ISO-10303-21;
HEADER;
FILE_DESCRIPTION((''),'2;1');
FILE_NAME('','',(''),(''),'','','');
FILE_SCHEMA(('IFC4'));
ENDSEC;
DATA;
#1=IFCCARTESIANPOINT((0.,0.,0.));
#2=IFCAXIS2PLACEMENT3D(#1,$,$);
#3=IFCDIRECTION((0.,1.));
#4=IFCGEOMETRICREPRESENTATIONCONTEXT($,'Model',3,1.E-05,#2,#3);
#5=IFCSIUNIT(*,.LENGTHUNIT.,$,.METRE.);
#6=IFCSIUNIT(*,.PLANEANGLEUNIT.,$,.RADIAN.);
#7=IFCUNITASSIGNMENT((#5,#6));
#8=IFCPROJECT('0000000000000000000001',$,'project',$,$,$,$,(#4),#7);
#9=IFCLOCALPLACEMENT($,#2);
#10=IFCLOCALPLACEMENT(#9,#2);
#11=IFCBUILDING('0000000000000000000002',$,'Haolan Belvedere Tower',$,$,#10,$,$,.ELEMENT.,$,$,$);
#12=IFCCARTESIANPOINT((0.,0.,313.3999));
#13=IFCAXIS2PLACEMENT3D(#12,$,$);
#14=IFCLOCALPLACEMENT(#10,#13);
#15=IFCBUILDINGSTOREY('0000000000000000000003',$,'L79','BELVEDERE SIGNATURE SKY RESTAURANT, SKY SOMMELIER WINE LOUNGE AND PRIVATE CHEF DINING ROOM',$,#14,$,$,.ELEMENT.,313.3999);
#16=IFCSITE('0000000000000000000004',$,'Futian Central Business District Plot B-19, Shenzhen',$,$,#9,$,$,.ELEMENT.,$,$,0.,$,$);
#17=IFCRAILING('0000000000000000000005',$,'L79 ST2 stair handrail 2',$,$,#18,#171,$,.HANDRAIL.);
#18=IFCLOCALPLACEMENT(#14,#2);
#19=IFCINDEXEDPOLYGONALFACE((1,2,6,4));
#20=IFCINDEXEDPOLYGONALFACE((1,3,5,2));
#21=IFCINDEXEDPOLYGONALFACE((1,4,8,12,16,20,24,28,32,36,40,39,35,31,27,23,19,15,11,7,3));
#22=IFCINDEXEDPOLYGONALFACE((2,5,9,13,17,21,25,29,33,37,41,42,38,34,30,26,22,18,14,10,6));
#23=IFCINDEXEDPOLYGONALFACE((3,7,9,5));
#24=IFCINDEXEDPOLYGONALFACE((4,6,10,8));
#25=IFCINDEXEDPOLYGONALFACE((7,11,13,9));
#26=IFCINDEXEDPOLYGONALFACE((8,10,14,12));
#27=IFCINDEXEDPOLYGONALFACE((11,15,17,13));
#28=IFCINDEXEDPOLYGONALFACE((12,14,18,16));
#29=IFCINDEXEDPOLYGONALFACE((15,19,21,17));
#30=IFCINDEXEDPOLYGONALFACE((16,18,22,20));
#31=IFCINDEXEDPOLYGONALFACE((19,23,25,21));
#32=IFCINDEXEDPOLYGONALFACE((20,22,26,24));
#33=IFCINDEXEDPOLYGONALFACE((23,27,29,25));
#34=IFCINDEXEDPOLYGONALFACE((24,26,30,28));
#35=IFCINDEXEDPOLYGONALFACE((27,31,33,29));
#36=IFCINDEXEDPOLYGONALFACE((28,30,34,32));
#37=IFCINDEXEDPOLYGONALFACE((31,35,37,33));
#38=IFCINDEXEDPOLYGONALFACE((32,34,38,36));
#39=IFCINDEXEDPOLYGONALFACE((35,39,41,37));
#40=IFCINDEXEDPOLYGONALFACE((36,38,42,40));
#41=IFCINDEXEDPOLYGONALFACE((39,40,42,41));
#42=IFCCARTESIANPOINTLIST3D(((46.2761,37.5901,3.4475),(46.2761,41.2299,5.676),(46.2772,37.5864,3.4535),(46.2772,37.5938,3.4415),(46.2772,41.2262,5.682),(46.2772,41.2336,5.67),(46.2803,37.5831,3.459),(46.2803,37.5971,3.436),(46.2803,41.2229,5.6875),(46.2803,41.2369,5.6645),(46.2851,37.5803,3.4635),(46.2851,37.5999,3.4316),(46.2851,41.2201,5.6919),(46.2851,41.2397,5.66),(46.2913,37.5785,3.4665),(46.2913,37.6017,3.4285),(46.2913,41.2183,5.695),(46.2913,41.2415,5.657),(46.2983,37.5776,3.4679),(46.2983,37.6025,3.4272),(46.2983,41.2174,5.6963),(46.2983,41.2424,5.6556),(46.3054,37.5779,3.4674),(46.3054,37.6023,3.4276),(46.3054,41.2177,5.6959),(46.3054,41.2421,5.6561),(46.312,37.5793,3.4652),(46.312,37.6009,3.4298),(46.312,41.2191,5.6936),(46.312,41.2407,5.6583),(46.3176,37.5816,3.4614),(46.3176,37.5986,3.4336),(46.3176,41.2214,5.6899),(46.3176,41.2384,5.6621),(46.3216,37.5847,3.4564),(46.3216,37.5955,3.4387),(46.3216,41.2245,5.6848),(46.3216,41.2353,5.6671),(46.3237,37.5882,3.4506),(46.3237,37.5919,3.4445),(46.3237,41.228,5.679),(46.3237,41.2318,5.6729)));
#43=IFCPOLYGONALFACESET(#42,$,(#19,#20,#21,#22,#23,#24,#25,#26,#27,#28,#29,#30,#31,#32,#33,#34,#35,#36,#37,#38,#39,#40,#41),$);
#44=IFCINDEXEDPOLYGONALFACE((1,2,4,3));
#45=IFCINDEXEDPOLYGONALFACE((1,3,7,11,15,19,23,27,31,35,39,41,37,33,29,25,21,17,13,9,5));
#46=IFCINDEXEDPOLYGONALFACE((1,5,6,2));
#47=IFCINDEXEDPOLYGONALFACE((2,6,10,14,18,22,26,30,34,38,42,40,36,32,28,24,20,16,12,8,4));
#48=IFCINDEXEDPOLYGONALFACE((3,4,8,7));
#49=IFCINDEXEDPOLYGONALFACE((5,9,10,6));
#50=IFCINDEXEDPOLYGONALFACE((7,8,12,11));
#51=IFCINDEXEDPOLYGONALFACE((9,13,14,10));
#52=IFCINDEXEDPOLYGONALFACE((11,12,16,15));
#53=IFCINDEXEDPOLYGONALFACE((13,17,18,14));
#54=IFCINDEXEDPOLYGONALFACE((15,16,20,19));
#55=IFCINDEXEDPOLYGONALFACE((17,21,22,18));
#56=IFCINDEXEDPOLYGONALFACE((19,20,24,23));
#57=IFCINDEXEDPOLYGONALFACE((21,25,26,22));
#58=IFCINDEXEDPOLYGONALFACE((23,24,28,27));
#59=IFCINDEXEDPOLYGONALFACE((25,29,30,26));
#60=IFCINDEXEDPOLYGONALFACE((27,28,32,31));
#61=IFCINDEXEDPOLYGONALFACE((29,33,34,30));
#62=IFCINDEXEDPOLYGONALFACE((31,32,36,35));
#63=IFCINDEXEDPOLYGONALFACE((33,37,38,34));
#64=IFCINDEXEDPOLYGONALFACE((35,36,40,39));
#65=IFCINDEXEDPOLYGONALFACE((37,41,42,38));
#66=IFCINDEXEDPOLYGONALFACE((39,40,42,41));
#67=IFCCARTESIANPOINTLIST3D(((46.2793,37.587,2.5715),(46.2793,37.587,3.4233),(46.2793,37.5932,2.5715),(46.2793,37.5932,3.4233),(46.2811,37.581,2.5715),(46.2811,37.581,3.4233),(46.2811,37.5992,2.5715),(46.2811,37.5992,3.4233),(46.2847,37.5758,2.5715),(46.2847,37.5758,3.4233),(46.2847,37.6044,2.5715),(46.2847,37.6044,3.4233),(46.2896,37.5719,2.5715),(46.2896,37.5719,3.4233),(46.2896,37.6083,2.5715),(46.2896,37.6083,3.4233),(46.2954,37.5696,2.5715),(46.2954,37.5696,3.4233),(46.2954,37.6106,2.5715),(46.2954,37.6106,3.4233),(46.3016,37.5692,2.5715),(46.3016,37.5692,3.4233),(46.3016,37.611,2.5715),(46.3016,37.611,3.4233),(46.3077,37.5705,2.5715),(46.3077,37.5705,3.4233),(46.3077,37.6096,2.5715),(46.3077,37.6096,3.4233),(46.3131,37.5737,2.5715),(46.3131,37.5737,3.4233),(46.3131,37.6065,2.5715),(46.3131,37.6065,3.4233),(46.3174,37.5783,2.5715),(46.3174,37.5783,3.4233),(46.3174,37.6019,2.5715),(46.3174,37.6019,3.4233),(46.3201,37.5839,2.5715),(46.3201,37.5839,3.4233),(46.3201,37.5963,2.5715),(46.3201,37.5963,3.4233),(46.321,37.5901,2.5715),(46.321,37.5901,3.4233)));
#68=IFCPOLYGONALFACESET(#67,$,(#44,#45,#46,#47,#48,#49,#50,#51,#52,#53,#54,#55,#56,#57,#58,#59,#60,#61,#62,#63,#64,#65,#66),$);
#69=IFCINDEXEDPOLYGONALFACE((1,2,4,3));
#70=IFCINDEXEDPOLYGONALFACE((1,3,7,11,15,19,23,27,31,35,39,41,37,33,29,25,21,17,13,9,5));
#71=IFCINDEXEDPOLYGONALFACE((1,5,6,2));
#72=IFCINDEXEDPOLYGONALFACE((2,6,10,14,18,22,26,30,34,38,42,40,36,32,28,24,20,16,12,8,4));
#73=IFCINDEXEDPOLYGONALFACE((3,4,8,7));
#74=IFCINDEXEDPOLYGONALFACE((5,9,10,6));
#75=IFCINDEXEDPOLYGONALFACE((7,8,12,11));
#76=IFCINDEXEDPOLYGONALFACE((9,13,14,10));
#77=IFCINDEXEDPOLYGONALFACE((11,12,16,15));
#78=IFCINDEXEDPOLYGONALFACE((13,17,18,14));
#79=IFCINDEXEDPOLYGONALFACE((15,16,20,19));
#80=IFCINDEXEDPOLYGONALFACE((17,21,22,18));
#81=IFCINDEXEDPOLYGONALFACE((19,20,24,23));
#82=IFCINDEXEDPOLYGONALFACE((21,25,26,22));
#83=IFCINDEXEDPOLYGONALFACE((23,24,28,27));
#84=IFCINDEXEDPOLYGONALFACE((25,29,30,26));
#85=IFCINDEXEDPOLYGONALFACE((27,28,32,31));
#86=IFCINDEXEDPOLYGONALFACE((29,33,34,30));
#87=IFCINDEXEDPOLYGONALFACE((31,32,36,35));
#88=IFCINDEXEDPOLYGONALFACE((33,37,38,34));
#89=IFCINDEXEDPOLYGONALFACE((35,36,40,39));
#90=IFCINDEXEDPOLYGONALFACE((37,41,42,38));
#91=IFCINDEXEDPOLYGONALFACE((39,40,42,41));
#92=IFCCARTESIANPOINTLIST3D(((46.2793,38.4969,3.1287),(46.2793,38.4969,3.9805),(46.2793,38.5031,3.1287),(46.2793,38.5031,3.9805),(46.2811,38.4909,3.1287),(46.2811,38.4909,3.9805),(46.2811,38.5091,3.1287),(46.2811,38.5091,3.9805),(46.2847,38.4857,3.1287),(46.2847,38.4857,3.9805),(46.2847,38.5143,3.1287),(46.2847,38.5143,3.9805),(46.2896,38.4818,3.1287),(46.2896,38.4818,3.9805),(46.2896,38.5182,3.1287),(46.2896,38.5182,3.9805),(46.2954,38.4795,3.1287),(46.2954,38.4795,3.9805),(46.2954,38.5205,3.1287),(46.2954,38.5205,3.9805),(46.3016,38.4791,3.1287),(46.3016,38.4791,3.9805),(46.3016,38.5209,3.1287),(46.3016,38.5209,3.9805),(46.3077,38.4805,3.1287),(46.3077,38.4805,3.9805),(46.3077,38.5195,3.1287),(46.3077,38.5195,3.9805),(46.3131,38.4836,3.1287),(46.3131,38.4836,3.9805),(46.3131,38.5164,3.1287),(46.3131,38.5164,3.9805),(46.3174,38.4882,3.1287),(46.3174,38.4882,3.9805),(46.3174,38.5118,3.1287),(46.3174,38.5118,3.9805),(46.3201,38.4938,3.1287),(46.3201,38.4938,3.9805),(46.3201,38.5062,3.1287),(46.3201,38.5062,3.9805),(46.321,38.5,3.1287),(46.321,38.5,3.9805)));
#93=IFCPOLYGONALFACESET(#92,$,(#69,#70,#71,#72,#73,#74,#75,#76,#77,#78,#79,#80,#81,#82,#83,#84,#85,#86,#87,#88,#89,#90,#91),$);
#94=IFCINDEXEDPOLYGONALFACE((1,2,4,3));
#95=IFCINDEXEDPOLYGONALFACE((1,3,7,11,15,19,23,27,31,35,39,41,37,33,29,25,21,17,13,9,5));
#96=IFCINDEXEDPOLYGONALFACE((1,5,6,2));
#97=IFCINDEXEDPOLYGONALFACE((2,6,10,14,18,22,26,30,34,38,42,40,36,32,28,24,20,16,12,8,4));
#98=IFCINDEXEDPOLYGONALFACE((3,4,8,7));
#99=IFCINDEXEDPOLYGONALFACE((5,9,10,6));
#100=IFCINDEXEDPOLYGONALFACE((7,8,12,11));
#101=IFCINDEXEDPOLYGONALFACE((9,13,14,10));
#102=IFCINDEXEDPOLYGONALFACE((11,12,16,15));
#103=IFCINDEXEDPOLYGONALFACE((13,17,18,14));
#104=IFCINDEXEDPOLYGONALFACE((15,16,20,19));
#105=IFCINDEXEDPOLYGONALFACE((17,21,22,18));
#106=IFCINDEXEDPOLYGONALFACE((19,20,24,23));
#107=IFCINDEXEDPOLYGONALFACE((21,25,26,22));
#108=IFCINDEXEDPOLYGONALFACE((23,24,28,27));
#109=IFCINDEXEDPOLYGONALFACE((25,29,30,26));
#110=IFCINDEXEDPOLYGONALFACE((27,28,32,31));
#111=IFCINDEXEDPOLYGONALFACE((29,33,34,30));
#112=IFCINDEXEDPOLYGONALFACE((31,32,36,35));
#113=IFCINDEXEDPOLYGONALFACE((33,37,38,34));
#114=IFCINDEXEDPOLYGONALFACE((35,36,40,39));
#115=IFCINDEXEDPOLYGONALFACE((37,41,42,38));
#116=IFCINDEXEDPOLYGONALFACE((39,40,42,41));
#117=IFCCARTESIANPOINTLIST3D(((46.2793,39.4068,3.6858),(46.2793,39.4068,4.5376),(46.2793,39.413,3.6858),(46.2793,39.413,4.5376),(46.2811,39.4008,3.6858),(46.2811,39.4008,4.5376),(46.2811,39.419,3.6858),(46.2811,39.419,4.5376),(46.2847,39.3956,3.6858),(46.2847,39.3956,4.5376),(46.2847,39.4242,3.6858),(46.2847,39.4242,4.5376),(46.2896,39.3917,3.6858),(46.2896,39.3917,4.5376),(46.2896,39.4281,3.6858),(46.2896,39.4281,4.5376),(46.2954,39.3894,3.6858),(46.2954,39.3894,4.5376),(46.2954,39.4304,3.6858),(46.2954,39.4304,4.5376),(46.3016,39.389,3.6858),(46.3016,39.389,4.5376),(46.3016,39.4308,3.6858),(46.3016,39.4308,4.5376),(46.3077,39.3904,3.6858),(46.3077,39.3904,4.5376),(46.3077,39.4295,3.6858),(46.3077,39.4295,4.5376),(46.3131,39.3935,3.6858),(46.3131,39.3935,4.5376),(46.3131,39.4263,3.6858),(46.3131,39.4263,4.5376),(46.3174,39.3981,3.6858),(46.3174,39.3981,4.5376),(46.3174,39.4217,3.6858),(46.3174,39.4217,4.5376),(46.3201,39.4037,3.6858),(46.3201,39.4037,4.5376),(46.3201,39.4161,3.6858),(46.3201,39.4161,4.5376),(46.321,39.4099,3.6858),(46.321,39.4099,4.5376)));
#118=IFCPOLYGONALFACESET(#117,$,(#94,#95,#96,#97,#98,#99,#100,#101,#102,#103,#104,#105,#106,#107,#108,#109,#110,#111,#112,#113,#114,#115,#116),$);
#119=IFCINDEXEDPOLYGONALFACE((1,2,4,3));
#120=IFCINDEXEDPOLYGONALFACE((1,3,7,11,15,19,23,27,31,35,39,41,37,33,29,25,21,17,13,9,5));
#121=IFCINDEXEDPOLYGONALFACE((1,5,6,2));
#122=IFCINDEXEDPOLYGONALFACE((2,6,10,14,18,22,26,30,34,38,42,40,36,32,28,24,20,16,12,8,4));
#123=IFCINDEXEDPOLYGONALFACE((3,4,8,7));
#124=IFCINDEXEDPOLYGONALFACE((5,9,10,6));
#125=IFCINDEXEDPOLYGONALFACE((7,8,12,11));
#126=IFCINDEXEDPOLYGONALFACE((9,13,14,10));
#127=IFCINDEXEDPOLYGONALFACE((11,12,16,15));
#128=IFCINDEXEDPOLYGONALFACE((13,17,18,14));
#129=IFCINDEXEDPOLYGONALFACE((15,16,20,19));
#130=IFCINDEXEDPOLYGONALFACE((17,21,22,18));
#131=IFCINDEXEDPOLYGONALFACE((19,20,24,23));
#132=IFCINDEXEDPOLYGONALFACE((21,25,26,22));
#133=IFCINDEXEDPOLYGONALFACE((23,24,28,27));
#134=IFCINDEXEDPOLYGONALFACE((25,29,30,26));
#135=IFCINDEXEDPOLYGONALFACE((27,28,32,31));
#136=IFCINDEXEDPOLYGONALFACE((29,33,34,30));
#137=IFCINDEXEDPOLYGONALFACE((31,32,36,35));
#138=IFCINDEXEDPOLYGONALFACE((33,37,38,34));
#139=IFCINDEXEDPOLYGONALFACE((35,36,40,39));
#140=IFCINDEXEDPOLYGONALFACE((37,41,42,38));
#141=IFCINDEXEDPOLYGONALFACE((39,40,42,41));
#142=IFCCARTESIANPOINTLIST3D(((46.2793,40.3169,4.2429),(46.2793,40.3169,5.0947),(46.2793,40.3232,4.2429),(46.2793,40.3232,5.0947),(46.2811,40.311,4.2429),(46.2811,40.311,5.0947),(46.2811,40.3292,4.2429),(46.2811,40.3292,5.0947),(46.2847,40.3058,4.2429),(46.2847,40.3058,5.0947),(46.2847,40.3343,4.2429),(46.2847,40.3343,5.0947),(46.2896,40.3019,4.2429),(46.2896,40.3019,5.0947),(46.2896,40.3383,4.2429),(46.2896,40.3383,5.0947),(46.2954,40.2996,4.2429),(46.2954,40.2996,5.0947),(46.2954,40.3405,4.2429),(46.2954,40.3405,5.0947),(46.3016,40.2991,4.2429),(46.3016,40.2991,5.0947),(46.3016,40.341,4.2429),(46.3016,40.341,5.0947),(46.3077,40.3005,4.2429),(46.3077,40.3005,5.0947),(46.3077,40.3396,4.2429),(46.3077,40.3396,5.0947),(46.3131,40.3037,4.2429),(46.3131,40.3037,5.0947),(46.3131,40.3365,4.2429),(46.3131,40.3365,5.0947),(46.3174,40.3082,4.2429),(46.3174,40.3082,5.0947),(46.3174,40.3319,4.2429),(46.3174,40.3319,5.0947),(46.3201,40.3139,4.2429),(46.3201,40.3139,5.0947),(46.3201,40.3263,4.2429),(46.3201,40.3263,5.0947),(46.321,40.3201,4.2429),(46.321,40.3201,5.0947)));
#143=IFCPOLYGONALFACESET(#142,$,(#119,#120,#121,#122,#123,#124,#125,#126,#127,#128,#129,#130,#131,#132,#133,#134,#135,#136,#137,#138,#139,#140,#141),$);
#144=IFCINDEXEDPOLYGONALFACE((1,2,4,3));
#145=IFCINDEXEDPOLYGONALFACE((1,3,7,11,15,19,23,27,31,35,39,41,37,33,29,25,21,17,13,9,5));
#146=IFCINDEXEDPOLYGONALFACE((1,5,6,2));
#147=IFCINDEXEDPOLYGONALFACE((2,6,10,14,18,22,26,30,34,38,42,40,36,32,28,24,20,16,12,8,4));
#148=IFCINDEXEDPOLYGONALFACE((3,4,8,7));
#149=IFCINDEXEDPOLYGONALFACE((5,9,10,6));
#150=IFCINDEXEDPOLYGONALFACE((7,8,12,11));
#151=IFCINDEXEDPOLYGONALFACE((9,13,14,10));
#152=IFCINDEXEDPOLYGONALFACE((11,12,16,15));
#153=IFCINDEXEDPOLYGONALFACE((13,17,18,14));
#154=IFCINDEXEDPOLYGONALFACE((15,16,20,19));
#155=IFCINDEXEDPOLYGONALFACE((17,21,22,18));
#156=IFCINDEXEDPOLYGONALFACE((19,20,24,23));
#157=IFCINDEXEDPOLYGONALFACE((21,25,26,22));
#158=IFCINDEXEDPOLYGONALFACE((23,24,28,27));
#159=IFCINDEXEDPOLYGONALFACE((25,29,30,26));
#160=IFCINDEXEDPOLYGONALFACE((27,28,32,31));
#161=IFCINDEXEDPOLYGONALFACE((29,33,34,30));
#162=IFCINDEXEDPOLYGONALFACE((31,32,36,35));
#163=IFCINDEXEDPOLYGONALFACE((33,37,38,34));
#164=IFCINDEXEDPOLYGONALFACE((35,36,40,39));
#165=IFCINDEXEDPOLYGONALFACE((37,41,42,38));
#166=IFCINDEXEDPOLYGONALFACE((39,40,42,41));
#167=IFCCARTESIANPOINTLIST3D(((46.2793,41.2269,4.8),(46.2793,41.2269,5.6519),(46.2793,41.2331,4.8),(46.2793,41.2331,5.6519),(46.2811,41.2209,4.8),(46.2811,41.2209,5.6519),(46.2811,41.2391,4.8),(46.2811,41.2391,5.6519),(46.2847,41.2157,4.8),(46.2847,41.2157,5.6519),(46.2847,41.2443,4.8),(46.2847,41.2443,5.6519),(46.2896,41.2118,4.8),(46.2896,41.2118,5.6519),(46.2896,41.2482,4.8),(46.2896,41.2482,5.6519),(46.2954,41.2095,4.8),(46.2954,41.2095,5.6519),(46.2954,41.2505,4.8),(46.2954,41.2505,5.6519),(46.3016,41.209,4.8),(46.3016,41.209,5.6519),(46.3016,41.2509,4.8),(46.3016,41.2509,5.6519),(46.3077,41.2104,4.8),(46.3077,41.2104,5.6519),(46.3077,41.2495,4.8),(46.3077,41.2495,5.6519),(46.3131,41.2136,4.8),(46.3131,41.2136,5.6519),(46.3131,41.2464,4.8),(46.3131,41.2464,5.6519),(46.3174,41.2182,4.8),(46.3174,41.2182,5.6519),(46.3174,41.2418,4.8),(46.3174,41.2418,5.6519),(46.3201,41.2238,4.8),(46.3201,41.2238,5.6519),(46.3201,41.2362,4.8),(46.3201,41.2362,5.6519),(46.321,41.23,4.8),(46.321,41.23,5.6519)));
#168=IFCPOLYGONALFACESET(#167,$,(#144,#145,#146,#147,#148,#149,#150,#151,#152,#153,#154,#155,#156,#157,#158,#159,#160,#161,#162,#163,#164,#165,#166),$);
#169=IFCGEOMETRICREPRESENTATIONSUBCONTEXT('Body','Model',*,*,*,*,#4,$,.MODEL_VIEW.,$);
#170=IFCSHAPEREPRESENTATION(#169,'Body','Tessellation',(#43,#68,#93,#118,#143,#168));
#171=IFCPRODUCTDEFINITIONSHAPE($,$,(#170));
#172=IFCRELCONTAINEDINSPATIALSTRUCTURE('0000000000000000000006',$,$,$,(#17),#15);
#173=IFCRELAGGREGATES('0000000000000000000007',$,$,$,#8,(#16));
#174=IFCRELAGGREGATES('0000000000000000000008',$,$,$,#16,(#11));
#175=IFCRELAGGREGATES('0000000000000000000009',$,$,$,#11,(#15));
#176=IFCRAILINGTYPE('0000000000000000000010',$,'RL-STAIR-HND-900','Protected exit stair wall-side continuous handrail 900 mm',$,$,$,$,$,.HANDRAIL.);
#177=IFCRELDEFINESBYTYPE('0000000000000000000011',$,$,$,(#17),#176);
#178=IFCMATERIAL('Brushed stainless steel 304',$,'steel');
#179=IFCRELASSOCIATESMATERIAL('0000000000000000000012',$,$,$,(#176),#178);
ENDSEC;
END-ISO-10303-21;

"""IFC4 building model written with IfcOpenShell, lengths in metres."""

from ifc_helpers import new_model, si_unit, direction, frame, origin, origin_2d, place, context, subcontext, project, spatial, circle, extrude, material, type_object, element, save


model = new_model("IFC4")

# Units and contexts
model_context = context("Model", 3, precision=1e-05, world=origin(), true_north=direction((0.0, 1.0)))
body_context = subcontext(model_context, "Body", "Model", "MODEL_VIEW")
ifc_project = project(units=[si_unit("LENGTHUNIT", "METRE"), si_unit("PLANEANGLEUNIT", "RADIAN")], contexts=[model_context])

# Site, building, storey
site_placement = place(None, origin())
site = spatial("IfcSite", under=ifc_project, at=site_placement, Name="Futian Central Business District Plot B-19, Shenzhen", CompositionType="ELEMENT", RefElevation=0.0)
building_placement = place(site_placement, origin())
building = spatial("IfcBuilding", under=site, at=building_placement, Name="Haolan Belvedere Tower", CompositionType="ELEMENT")
storey_placement = place(building_placement, frame((0.0, 0.0, 313.3999)))
storey = spatial("IfcBuildingStorey", under=building, at=storey_placement, Name="L79", Description="BELVEDERE SIGNATURE SKY RESTAURANT, SKY SOMMELIER WINE LOUNGE AND PRIVATE CHEF DINING ROOM", CompositionType="ELEMENT", Elevation=313.3999)

# Railing
ifc_material_1 = material(Name="Brushed stainless steel 304", Category="steel")
railing_type_1 = type_object("IfcRailingType", Name="RL-STAIR-HND-900", Description="Protected exit stair wall-side continuous handrail 900 mm", PredefinedType="HANDRAIL", material=ifc_material_1)
for number, where, name in (
    (1, (46.3, 37.5901, 2.5715), "L79 ST2 stair handrail 2"),
):
    element("IfcRailing", number, at=place(storey_placement, frame(where)), inside=storey, type_object=railing_type_1, Name=name, PredefinedType="HANDRAIL", context=body_context, shape_type="SweptSolid", body=[
        extrude(circle(Radius=0.0239, at=origin_2d()), frame((0.0, 0.0, 0.876), z_axis=(0.0, 0.85285, 0.522156), x_axis=(-1.0, 0.0, 0.0)), (0.0, 0.0, 1.0), 4.2678),
        extrude(circle(Radius=0.021, at=origin_2d()), origin(), (0.0, 0.0, 1.0), 0.8518),
        extrude(circle(Radius=0.021, at=origin_2d()), frame((0.0, 0.9099, 0.5571)), (0.0, 0.0, 1.0), 0.8518),
        extrude(circle(Radius=0.021, at=origin_2d()), frame((0.0, 1.8198, 1.1143)), (0.0, 0.0, 1.0), 0.8518),
        extrude(circle(Radius=0.021, at=origin_2d()), frame((0.0, 2.73, 1.6714)), (0.0, 0.0, 1.0), 0.8518),
        extrude(circle(Radius=0.021, at=origin_2d()), frame((0.0, 3.6399, 2.2285)), (0.0, 0.0, 1.0), 0.8518),
    ])

save(model, "model.ifc")
